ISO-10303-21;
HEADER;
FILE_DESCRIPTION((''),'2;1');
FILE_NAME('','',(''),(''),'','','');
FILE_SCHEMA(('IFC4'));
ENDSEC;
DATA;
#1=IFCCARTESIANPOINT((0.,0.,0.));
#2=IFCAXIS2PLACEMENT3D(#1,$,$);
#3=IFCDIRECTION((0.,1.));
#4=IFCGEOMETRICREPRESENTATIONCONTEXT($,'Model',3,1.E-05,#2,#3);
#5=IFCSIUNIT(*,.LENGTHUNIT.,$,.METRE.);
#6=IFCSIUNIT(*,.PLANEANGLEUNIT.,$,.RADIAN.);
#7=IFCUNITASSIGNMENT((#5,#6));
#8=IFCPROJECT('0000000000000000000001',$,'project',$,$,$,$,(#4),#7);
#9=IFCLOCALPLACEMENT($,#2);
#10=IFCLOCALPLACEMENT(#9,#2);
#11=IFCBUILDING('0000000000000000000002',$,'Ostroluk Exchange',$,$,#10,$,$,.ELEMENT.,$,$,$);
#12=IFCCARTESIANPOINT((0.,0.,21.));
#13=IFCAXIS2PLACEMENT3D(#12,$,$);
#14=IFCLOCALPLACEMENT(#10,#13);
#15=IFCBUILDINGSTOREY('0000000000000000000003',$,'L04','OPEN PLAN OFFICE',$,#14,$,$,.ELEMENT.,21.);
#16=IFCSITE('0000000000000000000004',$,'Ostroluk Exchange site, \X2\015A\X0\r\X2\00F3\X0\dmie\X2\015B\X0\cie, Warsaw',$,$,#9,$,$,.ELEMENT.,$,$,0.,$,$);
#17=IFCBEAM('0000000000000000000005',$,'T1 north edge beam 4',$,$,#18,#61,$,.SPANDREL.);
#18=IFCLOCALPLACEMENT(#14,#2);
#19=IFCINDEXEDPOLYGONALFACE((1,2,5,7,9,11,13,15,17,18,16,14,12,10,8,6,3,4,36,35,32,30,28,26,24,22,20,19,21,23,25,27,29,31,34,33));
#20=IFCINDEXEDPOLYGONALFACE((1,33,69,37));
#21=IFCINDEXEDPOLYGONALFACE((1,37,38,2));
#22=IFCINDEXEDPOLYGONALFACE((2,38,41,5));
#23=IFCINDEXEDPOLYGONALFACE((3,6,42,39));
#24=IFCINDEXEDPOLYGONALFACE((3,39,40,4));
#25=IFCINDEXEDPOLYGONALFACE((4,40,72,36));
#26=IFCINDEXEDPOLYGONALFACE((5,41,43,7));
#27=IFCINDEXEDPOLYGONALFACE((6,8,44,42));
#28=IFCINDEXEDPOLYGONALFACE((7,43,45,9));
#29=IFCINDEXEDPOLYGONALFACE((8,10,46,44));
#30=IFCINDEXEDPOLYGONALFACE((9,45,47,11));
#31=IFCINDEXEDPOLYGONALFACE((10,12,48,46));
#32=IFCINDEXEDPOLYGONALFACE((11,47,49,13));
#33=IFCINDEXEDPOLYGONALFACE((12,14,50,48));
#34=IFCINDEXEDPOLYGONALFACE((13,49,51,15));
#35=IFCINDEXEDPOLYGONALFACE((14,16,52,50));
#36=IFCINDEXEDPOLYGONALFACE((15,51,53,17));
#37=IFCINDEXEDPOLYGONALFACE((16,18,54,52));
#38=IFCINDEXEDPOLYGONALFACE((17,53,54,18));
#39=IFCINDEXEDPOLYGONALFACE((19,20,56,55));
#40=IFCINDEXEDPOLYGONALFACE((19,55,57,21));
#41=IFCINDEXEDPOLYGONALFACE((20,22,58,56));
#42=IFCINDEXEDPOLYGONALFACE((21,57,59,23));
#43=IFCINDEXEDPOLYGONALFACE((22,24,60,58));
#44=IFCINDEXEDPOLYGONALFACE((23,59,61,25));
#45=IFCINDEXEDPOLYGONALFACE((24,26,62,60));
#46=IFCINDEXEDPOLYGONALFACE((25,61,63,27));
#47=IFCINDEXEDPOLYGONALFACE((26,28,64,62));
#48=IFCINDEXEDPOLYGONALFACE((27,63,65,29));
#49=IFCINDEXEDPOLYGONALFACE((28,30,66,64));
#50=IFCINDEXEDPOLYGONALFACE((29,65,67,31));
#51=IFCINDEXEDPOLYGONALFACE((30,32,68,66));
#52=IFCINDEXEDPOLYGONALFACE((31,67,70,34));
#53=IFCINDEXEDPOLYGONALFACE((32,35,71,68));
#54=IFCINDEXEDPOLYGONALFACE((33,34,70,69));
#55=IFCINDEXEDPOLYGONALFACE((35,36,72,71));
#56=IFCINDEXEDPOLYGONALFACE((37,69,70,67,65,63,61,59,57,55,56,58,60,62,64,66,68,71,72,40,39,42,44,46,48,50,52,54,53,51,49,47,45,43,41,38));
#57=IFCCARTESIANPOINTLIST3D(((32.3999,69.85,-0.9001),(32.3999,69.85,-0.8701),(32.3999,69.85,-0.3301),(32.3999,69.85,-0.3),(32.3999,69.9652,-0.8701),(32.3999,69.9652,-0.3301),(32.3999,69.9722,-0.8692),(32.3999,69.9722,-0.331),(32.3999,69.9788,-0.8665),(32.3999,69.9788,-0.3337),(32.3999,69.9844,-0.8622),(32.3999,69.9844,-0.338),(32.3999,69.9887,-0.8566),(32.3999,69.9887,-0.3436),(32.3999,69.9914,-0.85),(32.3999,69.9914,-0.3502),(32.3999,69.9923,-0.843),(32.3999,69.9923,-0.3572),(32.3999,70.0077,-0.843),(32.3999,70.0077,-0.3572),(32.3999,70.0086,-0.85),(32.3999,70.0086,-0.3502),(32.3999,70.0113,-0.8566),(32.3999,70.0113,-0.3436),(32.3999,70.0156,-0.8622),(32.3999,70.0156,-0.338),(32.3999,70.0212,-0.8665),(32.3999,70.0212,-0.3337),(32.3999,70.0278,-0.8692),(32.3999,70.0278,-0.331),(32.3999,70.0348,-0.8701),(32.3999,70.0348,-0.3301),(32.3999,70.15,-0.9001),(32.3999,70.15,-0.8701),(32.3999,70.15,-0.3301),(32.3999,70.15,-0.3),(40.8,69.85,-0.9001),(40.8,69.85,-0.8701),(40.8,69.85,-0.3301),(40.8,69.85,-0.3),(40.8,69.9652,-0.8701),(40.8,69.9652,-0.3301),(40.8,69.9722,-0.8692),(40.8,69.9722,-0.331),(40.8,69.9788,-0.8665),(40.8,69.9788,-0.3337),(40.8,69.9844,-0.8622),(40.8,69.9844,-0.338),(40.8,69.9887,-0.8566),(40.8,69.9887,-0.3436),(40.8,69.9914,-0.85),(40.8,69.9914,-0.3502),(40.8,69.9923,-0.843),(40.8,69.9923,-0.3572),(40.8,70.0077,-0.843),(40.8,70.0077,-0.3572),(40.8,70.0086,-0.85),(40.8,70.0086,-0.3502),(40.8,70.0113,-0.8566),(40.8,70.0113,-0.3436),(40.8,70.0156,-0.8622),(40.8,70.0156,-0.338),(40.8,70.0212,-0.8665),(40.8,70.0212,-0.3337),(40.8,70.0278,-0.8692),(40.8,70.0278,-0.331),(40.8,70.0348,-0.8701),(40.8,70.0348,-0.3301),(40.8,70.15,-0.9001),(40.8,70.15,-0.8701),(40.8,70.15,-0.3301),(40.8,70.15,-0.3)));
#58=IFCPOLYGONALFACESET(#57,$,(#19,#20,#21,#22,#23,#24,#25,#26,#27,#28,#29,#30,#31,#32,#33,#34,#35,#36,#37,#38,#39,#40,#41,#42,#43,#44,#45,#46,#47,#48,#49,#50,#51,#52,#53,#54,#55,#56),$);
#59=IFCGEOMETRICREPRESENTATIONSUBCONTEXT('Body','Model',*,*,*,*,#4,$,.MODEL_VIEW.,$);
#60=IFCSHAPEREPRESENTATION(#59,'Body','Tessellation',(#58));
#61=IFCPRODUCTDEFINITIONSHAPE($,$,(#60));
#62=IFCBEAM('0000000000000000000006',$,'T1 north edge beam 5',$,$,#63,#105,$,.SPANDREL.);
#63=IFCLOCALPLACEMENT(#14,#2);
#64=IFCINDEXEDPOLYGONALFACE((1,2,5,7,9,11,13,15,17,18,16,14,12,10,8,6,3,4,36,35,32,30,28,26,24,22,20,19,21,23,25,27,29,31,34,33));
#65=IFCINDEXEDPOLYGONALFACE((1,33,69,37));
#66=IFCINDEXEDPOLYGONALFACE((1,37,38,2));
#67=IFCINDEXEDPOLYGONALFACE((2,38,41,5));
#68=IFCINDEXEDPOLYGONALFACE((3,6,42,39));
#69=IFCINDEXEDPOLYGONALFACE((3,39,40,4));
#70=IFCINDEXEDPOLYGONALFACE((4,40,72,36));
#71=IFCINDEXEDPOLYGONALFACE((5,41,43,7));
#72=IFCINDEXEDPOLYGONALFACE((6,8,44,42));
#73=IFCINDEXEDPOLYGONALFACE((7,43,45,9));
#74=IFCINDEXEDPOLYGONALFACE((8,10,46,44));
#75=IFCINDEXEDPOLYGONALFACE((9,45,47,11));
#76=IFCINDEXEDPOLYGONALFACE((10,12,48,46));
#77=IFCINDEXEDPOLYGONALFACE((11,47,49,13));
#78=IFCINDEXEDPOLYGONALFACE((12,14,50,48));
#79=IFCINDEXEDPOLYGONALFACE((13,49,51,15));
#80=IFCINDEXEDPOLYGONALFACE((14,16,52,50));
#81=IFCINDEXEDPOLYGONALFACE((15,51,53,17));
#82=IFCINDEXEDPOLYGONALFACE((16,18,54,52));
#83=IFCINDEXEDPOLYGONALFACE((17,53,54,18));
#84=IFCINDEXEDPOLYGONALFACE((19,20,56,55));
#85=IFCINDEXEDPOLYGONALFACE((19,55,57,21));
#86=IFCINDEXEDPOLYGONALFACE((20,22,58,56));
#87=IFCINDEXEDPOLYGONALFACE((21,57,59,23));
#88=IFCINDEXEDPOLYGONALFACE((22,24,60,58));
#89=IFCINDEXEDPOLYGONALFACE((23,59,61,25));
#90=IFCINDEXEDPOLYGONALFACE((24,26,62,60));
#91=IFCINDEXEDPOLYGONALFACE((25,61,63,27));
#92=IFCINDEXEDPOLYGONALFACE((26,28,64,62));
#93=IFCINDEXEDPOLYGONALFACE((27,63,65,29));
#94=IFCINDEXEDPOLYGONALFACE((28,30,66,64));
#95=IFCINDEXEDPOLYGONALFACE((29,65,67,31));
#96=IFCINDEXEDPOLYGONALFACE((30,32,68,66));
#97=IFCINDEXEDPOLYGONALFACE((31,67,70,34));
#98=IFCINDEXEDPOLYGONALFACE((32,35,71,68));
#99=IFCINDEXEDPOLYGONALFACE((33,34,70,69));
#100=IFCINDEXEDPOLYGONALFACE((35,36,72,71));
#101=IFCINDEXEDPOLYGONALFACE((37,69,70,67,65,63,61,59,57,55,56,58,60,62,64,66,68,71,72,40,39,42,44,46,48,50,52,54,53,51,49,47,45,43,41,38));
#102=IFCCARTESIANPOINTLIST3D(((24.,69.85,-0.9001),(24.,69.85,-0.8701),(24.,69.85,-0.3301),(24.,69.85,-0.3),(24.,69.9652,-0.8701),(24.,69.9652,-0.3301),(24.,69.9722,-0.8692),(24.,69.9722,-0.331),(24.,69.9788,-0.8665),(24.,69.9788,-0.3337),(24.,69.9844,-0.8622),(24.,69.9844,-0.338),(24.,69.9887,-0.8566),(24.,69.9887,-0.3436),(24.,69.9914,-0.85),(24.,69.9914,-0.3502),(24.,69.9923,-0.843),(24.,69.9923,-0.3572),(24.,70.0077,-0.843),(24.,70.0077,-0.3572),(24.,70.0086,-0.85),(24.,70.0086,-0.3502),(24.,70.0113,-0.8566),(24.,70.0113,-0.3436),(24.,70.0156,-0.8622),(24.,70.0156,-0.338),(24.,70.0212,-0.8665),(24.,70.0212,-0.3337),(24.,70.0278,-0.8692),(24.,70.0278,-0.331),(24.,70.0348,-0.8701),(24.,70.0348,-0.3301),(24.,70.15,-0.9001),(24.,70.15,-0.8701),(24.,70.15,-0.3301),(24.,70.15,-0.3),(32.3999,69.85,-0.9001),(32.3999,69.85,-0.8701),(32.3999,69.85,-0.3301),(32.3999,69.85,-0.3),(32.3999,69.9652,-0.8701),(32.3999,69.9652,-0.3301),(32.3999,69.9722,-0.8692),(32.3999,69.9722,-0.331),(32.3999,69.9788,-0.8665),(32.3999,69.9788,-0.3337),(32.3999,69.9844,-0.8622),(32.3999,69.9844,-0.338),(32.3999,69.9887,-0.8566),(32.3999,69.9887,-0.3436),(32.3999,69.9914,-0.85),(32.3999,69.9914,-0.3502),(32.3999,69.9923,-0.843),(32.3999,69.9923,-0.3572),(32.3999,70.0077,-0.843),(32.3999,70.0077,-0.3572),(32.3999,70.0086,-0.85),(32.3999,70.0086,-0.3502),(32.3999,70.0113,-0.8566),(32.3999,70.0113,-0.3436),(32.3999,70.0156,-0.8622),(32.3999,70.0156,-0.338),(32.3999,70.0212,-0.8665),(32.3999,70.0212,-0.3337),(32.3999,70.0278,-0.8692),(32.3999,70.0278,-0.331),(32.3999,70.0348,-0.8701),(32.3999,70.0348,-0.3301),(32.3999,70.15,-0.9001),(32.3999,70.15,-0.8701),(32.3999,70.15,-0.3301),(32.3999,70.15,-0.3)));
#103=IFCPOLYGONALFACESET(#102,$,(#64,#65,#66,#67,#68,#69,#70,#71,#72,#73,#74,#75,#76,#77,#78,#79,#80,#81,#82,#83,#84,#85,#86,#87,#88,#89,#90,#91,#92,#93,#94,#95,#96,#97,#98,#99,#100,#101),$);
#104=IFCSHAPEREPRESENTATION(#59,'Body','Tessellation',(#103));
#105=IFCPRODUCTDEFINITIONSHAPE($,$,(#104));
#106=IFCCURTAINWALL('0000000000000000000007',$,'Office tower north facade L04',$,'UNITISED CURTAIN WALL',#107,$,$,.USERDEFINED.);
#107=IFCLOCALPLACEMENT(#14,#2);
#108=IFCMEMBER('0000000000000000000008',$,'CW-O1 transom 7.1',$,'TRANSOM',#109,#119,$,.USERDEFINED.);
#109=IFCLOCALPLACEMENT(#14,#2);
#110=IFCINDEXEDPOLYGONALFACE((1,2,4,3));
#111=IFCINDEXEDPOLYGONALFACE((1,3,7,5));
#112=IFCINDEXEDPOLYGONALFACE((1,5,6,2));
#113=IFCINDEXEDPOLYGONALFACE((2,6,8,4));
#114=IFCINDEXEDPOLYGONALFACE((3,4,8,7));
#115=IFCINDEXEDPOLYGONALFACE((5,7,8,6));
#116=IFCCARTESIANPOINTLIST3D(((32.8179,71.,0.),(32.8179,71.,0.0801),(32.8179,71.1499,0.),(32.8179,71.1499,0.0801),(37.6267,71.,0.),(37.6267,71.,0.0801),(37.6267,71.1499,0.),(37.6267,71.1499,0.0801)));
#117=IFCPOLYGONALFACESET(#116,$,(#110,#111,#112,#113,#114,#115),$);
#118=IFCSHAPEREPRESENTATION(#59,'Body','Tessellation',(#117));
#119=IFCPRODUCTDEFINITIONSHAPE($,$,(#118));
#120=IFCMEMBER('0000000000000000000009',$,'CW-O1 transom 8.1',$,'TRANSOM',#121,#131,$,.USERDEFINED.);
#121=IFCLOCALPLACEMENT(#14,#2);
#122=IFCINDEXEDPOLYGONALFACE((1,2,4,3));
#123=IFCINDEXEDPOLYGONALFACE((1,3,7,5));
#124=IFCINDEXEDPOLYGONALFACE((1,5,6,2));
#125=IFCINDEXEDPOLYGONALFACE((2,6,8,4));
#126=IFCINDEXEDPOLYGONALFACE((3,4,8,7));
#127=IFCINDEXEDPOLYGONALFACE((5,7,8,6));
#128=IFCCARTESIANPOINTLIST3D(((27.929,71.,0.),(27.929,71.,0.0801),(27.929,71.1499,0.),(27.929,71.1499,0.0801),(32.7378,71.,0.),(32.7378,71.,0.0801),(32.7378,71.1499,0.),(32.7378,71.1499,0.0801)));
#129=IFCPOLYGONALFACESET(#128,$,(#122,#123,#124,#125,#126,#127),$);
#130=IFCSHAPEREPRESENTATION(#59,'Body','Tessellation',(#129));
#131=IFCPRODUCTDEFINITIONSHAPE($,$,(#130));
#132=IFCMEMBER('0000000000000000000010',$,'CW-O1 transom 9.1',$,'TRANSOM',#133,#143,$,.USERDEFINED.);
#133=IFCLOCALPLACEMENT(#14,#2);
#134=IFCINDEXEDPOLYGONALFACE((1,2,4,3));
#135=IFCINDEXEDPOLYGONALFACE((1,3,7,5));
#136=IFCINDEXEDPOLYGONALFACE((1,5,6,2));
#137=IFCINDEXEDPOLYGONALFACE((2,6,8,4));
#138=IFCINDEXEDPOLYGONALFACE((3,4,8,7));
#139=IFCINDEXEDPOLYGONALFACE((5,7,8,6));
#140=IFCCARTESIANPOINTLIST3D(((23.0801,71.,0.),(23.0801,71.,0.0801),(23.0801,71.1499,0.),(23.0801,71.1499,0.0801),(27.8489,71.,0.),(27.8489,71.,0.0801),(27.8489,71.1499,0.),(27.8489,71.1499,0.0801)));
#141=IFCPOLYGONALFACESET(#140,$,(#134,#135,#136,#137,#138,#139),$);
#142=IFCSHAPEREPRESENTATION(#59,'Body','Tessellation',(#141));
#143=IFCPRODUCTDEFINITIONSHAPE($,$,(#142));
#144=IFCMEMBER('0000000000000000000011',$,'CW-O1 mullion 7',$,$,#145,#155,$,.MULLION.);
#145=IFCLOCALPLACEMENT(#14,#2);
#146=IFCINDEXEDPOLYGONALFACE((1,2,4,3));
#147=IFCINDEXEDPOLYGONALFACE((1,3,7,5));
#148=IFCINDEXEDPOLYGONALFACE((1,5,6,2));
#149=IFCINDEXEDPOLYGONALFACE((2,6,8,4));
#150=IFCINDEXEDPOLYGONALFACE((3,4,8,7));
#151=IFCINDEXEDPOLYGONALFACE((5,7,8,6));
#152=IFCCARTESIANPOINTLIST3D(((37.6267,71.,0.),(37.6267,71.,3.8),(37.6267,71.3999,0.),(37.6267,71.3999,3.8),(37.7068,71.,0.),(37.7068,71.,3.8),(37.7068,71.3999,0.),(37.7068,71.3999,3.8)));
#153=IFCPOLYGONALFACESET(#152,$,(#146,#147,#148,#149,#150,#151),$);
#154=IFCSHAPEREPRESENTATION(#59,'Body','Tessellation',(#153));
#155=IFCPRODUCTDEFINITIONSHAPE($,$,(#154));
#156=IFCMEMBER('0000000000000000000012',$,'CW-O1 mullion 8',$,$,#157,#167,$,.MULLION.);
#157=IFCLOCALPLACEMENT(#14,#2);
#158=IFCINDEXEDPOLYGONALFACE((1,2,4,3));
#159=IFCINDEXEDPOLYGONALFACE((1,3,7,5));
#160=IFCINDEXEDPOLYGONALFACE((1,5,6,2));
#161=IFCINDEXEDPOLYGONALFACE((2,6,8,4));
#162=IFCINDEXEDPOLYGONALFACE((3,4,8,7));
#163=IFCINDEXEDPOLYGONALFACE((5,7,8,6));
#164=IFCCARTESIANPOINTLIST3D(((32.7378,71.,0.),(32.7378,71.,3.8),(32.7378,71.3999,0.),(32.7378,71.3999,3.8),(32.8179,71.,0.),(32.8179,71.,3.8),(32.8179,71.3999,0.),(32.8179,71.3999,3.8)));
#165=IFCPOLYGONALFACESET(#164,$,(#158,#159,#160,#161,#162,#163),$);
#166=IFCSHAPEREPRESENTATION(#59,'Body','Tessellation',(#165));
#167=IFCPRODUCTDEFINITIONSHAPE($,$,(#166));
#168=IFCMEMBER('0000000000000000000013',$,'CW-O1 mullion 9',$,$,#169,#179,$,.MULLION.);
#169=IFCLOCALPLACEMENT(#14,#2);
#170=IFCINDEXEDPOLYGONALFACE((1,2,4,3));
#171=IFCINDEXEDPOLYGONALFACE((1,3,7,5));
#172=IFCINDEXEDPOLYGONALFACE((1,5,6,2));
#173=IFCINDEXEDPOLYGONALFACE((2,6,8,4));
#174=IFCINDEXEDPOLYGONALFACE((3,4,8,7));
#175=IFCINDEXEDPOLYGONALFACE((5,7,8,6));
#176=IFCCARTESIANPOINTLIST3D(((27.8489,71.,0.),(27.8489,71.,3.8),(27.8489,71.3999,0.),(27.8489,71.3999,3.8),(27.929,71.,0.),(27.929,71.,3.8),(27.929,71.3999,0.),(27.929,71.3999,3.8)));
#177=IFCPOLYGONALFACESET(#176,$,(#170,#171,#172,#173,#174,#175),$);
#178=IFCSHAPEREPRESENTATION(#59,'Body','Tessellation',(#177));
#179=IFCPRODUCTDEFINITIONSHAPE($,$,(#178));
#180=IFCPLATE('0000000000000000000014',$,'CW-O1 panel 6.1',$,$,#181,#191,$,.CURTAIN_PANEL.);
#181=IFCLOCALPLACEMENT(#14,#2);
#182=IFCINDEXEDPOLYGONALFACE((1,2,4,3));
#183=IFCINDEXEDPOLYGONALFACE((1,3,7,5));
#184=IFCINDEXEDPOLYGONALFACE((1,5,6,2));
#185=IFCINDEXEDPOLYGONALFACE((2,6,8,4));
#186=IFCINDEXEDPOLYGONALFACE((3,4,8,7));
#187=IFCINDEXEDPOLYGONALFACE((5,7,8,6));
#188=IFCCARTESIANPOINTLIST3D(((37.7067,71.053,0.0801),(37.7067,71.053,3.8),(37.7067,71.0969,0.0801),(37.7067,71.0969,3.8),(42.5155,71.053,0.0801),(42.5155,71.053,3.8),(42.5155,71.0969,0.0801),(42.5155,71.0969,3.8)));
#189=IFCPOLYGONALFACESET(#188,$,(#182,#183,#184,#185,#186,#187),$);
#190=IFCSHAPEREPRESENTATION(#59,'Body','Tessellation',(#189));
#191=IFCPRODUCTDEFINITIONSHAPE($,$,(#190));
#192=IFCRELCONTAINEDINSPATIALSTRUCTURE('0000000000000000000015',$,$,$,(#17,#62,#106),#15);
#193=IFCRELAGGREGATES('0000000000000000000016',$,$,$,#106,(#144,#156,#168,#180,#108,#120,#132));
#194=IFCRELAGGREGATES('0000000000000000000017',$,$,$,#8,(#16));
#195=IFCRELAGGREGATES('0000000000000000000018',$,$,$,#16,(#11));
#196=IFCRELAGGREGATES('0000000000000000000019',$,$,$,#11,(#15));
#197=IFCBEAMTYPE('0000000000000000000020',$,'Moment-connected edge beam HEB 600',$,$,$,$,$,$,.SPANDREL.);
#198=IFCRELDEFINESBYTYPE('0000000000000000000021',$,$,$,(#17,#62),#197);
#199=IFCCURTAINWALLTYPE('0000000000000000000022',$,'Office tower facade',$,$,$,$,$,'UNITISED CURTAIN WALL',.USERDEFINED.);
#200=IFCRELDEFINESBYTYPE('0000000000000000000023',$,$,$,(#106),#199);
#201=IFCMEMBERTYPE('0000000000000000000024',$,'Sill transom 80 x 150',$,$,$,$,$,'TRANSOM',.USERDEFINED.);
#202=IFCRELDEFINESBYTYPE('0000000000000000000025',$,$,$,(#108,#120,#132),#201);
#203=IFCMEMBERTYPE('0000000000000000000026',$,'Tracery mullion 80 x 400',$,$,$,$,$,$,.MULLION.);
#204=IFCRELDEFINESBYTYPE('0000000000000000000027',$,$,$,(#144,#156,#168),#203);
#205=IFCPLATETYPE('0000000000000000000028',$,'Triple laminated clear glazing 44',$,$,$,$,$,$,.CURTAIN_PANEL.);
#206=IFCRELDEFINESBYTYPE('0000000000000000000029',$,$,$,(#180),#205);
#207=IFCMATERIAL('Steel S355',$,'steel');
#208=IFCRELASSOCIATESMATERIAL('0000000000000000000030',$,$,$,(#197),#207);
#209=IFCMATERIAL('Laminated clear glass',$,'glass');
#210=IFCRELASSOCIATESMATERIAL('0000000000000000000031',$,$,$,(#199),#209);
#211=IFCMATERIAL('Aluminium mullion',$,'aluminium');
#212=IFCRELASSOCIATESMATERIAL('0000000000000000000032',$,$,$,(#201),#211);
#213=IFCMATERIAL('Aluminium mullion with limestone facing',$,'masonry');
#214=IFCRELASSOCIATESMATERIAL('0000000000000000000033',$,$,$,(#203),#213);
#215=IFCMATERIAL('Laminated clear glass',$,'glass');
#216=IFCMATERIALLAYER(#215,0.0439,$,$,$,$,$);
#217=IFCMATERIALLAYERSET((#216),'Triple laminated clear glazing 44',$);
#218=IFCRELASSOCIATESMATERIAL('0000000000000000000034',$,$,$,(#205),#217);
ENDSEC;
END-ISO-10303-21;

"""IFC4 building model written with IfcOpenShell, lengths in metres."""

from ifc_helpers import new_model, si_unit, direction, frame, origin, origin_2d, place, context, subcontext, project, spatial, rectangle, i_section, extrude, material, layer, layer_set, material_profile, profile_set, type_object, element, aggregate, save


model = new_model("IFC4")

# Units and contexts
model_context = context("Model", 3, precision=1e-05, world=origin(), true_north=direction((0.0, 1.0)))
body_context = subcontext(model_context, "Body", "Model", "MODEL_VIEW")
ifc_project = project(units=[si_unit("LENGTHUNIT", "METRE"), si_unit("PLANEANGLEUNIT", "RADIAN")], contexts=[model_context])

# Site, building, storey
site_placement = place(None, origin())
site = spatial("IfcSite", under=ifc_project, at=site_placement, Name="Ostroluk Exchange site, Śródmieście, Warsaw", CompositionType="ELEMENT", RefElevation=0.0)
building_placement = place(site_placement, origin())
building = spatial("IfcBuilding", under=site, at=building_placement, Name="Ostroluk Exchange", CompositionType="ELEMENT")
storey_placement = place(building_placement, frame((0.0, 0.0, 21.0)))
storey = spatial("IfcBuildingStorey", under=building, at=storey_placement, Name="L04", Description="OPEN PLAN OFFICE", CompositionType="ELEMENT", Elevation=21.0)

# Beams
ifc_material_1 = material(Name="Steel S355", Category="steel")
ifc_material_profile_1 = material_profile(ifc_material_1, i_section(OverallWidth=0.3, OverallDepth=0.6001, WebThickness=0.0154, FlangeThickness=0.03, FilletRadius=0.0271, at=origin_2d()), Name="HEB 600")
ifc_profile_set_1 = profile_set([ifc_material_profile_1], Name="Steel S355")
beam_type_1 = type_object("IfcBeamType", Name="Moment-connected edge beam HEB 600", PredefinedType="SPANDREL", material=ifc_profile_set_1)
beam_1_placement = place(storey_placement, frame((40.8, 70.0, -0.6001), z_axis=(-1.0, 0.0, 0.0), x_axis=(0.0, -1.0, 0.0)))
element("IfcBeam", 1, at=beam_1_placement, inside=storey, type_object=beam_type_1, Name="T1 north edge beam 4", PredefinedType="SPANDREL", context=body_context, shape_type="SweptSolid", body=[
    extrude(i_section(OverallWidth=0.3, OverallDepth=0.6001, WebThickness=0.0154, FlangeThickness=0.03, FilletRadius=0.0271, at=origin_2d()), origin(), (0.0, 0.0, 1.0), 8.4001),
])
beam_2_placement = place(storey_placement, frame((32.3999, 70.0, -0.6001), z_axis=(-1.0, 0.0, 0.0), x_axis=(0.0, -1.0, 0.0)))
element("IfcBeam", 2, at=beam_2_placement, inside=storey, type_object=beam_type_1, Name="T1 north edge beam 5", PredefinedType="SPANDREL", context=body_context, shape_type="SweptSolid", body=[
    extrude(i_section(OverallWidth=0.3, OverallDepth=0.6001, WebThickness=0.0154, FlangeThickness=0.03, FilletRadius=0.0271, at=origin_2d()), origin(), (0.0, 0.0, 1.0), 8.3999),
])

# Curtain wall, members, plate
ifc_material_2 = material(Name="Laminated clear glass", Category="glass")
curtain_wall_type = type_object("IfcCurtainWallType", Name="Office tower facade", ElementType="UNITISED CURTAIN WALL", PredefinedType="USERDEFINED", material=ifc_material_2)
curtain_wall_placement = place(storey_placement, origin())
curtain_wall = element("IfcCurtainWall", 3, at=curtain_wall_placement, inside=storey, type_object=curtain_wall_type, Name="Office tower north facade L04", ObjectType="UNITISED CURTAIN WALL", PredefinedType="USERDEFINED")
ifc_material_3 = material(Name="Aluminium mullion", Category="aluminium")
ifc_material_profile_2 = material_profile(ifc_material_3, rectangle(XDim=0.1499, YDim=0.0801, at=origin_2d()), Name="Sill transom 80 x 150")
ifc_profile_set_2 = profile_set([ifc_material_profile_2], Name="Aluminium mullion")
member_type_1 = type_object("IfcMemberType", Name="Sill transom 80 x 150", ElementType="TRANSOM", PredefinedType="USERDEFINED", material=ifc_profile_set_2)
member_1_placement = place(storey_placement, frame((37.6267, 71.075, 0.04), z_axis=(-1.0, 0.0, 0.0), x_axis=(0.0, -1.0, 0.0)))
member_1 = element("IfcMember", 4, at=member_1_placement, type_object=member_type_1, Name="CW-O1 transom 7.1", ObjectType="TRANSOM", PredefinedType="USERDEFINED", context=body_context, shape_type="SweptSolid", body=[
    extrude(rectangle(XDim=0.1499, YDim=0.0801, at=origin_2d()), origin(), (0.0, 0.0, 1.0), 4.8088),
])
member_2_placement = place(storey_placement, frame((32.7378, 71.075, 0.04), z_axis=(-1.0, 0.0, 0.0), x_axis=(0.0, -1.0, 0.0)))
member_2 = element("IfcMember", 5, at=member_2_placement, type_object=member_type_1, Name="CW-O1 transom 8.1", ObjectType="TRANSOM", PredefinedType="USERDEFINED", context=body_context, shape_type="SweptSolid", body=[
    extrude(rectangle(XDim=0.1499, YDim=0.0801, at=origin_2d()), origin(), (0.0, 0.0, 1.0), 4.8088),
])
member_3_placement = place(storey_placement, frame((27.8489, 71.075, 0.04), z_axis=(-1.0, 0.0, 0.0), x_axis=(0.0, -1.0, 0.0)))
member_3 = element("IfcMember", 6, at=member_3_placement, type_object=member_type_1, Name="CW-O1 transom 9.1", ObjectType="TRANSOM", PredefinedType="USERDEFINED", context=body_context, shape_type="SweptSolid", body=[
    extrude(rectangle(XDim=0.1499, YDim=0.0801, at=origin_2d()), origin(), (0.0, 0.0, 1.0), 4.7688),
])
ifc_material_4 = material(Name="Aluminium mullion with limestone facing", Category="masonry")
ifc_material_profile_3 = material_profile(ifc_material_4, rectangle(XDim=0.3999, YDim=0.0801, at=origin_2d()), Name="Tracery mullion 80 x 400")
ifc_profile_set_3 = profile_set([ifc_material_profile_3], Name="Aluminium mullion with limestone facing")
member_type_2 = type_object("IfcMemberType", Name="Tracery mullion 80 x 400", PredefinedType="MULLION", material=ifc_profile_set_3)
member_4_placement = place(storey_placement, frame((37.6667, 71.2, 0.0), z_axis=(0.0, 0.0, 1.0), x_axis=(0.0, -1.0, 0.0)))
member_4 = element("IfcMember", 7, at=member_4_placement, type_object=member_type_2, Name="CW-O1 mullion 7", PredefinedType="MULLION", context=body_context, shape_type="SweptSolid", body=[
    extrude(rectangle(XDim=0.3999, YDim=0.0801, at=origin_2d()), origin(), (0.0, 0.0, 1.0), 3.8),
])
member_5_placement = place(storey_placement, frame((32.7778, 71.2, 0.0), z_axis=(0.0, 0.0, 1.0), x_axis=(0.0, -1.0, 0.0)))
member_5 = element("IfcMember", 8, at=member_5_placement, type_object=member_type_2, Name="CW-O1 mullion 8", PredefinedType="MULLION", context=body_context, shape_type="SweptSolid", body=[
    extrude(rectangle(XDim=0.3999, YDim=0.0801, at=origin_2d()), origin(), (0.0, 0.0, 1.0), 3.8),
])
member_6_placement = place(storey_placement, frame((27.8889, 71.2, 0.0), z_axis=(0.0, 0.0, 1.0), x_axis=(0.0, -1.0, 0.0)))
member_6 = element("IfcMember", 9, at=member_6_placement, type_object=member_type_2, Name="CW-O1 mullion 9", PredefinedType="MULLION", context=body_context, shape_type="SweptSolid", body=[
    extrude(rectangle(XDim=0.3999, YDim=0.0801, at=origin_2d()), origin(), (0.0, 0.0, 1.0), 3.8),
])
ifc_material_5 = material(Name="Laminated clear glass", Category="glass")
ifc_layer_1 = layer(ifc_material_5, 0.0439)
ifc_layer_set_1 = layer_set([ifc_layer_1], Name="Triple laminated clear glazing 44")
plate_type = type_object("IfcPlateType", Name="Triple laminated clear glazing 44", PredefinedType="CURTAIN_PANEL", material=ifc_layer_set_1)
plate_1_placement = place(storey_placement, frame((40.1111, 71.075, 0.0801), z_axis=(0.0, 0.0, 1.0), x_axis=(-1.0, 0.0, 0.0)))
plate_1 = element("IfcPlate", 10, at=plate_1_placement, type_object=plate_type, Name="CW-O1 panel 6.1", PredefinedType="CURTAIN_PANEL", context=body_context, shape_type="SweptSolid", body=[
    extrude(rectangle(XDim=4.8088, YDim=0.0439, at=origin_2d()), origin(), (0.0, 0.0, 1.0), 3.72),
])
aggregate(curtain_wall, [member_4, member_5, member_6, plate_1, member_1, member_2, member_3])

save(model, "model.ifc")
